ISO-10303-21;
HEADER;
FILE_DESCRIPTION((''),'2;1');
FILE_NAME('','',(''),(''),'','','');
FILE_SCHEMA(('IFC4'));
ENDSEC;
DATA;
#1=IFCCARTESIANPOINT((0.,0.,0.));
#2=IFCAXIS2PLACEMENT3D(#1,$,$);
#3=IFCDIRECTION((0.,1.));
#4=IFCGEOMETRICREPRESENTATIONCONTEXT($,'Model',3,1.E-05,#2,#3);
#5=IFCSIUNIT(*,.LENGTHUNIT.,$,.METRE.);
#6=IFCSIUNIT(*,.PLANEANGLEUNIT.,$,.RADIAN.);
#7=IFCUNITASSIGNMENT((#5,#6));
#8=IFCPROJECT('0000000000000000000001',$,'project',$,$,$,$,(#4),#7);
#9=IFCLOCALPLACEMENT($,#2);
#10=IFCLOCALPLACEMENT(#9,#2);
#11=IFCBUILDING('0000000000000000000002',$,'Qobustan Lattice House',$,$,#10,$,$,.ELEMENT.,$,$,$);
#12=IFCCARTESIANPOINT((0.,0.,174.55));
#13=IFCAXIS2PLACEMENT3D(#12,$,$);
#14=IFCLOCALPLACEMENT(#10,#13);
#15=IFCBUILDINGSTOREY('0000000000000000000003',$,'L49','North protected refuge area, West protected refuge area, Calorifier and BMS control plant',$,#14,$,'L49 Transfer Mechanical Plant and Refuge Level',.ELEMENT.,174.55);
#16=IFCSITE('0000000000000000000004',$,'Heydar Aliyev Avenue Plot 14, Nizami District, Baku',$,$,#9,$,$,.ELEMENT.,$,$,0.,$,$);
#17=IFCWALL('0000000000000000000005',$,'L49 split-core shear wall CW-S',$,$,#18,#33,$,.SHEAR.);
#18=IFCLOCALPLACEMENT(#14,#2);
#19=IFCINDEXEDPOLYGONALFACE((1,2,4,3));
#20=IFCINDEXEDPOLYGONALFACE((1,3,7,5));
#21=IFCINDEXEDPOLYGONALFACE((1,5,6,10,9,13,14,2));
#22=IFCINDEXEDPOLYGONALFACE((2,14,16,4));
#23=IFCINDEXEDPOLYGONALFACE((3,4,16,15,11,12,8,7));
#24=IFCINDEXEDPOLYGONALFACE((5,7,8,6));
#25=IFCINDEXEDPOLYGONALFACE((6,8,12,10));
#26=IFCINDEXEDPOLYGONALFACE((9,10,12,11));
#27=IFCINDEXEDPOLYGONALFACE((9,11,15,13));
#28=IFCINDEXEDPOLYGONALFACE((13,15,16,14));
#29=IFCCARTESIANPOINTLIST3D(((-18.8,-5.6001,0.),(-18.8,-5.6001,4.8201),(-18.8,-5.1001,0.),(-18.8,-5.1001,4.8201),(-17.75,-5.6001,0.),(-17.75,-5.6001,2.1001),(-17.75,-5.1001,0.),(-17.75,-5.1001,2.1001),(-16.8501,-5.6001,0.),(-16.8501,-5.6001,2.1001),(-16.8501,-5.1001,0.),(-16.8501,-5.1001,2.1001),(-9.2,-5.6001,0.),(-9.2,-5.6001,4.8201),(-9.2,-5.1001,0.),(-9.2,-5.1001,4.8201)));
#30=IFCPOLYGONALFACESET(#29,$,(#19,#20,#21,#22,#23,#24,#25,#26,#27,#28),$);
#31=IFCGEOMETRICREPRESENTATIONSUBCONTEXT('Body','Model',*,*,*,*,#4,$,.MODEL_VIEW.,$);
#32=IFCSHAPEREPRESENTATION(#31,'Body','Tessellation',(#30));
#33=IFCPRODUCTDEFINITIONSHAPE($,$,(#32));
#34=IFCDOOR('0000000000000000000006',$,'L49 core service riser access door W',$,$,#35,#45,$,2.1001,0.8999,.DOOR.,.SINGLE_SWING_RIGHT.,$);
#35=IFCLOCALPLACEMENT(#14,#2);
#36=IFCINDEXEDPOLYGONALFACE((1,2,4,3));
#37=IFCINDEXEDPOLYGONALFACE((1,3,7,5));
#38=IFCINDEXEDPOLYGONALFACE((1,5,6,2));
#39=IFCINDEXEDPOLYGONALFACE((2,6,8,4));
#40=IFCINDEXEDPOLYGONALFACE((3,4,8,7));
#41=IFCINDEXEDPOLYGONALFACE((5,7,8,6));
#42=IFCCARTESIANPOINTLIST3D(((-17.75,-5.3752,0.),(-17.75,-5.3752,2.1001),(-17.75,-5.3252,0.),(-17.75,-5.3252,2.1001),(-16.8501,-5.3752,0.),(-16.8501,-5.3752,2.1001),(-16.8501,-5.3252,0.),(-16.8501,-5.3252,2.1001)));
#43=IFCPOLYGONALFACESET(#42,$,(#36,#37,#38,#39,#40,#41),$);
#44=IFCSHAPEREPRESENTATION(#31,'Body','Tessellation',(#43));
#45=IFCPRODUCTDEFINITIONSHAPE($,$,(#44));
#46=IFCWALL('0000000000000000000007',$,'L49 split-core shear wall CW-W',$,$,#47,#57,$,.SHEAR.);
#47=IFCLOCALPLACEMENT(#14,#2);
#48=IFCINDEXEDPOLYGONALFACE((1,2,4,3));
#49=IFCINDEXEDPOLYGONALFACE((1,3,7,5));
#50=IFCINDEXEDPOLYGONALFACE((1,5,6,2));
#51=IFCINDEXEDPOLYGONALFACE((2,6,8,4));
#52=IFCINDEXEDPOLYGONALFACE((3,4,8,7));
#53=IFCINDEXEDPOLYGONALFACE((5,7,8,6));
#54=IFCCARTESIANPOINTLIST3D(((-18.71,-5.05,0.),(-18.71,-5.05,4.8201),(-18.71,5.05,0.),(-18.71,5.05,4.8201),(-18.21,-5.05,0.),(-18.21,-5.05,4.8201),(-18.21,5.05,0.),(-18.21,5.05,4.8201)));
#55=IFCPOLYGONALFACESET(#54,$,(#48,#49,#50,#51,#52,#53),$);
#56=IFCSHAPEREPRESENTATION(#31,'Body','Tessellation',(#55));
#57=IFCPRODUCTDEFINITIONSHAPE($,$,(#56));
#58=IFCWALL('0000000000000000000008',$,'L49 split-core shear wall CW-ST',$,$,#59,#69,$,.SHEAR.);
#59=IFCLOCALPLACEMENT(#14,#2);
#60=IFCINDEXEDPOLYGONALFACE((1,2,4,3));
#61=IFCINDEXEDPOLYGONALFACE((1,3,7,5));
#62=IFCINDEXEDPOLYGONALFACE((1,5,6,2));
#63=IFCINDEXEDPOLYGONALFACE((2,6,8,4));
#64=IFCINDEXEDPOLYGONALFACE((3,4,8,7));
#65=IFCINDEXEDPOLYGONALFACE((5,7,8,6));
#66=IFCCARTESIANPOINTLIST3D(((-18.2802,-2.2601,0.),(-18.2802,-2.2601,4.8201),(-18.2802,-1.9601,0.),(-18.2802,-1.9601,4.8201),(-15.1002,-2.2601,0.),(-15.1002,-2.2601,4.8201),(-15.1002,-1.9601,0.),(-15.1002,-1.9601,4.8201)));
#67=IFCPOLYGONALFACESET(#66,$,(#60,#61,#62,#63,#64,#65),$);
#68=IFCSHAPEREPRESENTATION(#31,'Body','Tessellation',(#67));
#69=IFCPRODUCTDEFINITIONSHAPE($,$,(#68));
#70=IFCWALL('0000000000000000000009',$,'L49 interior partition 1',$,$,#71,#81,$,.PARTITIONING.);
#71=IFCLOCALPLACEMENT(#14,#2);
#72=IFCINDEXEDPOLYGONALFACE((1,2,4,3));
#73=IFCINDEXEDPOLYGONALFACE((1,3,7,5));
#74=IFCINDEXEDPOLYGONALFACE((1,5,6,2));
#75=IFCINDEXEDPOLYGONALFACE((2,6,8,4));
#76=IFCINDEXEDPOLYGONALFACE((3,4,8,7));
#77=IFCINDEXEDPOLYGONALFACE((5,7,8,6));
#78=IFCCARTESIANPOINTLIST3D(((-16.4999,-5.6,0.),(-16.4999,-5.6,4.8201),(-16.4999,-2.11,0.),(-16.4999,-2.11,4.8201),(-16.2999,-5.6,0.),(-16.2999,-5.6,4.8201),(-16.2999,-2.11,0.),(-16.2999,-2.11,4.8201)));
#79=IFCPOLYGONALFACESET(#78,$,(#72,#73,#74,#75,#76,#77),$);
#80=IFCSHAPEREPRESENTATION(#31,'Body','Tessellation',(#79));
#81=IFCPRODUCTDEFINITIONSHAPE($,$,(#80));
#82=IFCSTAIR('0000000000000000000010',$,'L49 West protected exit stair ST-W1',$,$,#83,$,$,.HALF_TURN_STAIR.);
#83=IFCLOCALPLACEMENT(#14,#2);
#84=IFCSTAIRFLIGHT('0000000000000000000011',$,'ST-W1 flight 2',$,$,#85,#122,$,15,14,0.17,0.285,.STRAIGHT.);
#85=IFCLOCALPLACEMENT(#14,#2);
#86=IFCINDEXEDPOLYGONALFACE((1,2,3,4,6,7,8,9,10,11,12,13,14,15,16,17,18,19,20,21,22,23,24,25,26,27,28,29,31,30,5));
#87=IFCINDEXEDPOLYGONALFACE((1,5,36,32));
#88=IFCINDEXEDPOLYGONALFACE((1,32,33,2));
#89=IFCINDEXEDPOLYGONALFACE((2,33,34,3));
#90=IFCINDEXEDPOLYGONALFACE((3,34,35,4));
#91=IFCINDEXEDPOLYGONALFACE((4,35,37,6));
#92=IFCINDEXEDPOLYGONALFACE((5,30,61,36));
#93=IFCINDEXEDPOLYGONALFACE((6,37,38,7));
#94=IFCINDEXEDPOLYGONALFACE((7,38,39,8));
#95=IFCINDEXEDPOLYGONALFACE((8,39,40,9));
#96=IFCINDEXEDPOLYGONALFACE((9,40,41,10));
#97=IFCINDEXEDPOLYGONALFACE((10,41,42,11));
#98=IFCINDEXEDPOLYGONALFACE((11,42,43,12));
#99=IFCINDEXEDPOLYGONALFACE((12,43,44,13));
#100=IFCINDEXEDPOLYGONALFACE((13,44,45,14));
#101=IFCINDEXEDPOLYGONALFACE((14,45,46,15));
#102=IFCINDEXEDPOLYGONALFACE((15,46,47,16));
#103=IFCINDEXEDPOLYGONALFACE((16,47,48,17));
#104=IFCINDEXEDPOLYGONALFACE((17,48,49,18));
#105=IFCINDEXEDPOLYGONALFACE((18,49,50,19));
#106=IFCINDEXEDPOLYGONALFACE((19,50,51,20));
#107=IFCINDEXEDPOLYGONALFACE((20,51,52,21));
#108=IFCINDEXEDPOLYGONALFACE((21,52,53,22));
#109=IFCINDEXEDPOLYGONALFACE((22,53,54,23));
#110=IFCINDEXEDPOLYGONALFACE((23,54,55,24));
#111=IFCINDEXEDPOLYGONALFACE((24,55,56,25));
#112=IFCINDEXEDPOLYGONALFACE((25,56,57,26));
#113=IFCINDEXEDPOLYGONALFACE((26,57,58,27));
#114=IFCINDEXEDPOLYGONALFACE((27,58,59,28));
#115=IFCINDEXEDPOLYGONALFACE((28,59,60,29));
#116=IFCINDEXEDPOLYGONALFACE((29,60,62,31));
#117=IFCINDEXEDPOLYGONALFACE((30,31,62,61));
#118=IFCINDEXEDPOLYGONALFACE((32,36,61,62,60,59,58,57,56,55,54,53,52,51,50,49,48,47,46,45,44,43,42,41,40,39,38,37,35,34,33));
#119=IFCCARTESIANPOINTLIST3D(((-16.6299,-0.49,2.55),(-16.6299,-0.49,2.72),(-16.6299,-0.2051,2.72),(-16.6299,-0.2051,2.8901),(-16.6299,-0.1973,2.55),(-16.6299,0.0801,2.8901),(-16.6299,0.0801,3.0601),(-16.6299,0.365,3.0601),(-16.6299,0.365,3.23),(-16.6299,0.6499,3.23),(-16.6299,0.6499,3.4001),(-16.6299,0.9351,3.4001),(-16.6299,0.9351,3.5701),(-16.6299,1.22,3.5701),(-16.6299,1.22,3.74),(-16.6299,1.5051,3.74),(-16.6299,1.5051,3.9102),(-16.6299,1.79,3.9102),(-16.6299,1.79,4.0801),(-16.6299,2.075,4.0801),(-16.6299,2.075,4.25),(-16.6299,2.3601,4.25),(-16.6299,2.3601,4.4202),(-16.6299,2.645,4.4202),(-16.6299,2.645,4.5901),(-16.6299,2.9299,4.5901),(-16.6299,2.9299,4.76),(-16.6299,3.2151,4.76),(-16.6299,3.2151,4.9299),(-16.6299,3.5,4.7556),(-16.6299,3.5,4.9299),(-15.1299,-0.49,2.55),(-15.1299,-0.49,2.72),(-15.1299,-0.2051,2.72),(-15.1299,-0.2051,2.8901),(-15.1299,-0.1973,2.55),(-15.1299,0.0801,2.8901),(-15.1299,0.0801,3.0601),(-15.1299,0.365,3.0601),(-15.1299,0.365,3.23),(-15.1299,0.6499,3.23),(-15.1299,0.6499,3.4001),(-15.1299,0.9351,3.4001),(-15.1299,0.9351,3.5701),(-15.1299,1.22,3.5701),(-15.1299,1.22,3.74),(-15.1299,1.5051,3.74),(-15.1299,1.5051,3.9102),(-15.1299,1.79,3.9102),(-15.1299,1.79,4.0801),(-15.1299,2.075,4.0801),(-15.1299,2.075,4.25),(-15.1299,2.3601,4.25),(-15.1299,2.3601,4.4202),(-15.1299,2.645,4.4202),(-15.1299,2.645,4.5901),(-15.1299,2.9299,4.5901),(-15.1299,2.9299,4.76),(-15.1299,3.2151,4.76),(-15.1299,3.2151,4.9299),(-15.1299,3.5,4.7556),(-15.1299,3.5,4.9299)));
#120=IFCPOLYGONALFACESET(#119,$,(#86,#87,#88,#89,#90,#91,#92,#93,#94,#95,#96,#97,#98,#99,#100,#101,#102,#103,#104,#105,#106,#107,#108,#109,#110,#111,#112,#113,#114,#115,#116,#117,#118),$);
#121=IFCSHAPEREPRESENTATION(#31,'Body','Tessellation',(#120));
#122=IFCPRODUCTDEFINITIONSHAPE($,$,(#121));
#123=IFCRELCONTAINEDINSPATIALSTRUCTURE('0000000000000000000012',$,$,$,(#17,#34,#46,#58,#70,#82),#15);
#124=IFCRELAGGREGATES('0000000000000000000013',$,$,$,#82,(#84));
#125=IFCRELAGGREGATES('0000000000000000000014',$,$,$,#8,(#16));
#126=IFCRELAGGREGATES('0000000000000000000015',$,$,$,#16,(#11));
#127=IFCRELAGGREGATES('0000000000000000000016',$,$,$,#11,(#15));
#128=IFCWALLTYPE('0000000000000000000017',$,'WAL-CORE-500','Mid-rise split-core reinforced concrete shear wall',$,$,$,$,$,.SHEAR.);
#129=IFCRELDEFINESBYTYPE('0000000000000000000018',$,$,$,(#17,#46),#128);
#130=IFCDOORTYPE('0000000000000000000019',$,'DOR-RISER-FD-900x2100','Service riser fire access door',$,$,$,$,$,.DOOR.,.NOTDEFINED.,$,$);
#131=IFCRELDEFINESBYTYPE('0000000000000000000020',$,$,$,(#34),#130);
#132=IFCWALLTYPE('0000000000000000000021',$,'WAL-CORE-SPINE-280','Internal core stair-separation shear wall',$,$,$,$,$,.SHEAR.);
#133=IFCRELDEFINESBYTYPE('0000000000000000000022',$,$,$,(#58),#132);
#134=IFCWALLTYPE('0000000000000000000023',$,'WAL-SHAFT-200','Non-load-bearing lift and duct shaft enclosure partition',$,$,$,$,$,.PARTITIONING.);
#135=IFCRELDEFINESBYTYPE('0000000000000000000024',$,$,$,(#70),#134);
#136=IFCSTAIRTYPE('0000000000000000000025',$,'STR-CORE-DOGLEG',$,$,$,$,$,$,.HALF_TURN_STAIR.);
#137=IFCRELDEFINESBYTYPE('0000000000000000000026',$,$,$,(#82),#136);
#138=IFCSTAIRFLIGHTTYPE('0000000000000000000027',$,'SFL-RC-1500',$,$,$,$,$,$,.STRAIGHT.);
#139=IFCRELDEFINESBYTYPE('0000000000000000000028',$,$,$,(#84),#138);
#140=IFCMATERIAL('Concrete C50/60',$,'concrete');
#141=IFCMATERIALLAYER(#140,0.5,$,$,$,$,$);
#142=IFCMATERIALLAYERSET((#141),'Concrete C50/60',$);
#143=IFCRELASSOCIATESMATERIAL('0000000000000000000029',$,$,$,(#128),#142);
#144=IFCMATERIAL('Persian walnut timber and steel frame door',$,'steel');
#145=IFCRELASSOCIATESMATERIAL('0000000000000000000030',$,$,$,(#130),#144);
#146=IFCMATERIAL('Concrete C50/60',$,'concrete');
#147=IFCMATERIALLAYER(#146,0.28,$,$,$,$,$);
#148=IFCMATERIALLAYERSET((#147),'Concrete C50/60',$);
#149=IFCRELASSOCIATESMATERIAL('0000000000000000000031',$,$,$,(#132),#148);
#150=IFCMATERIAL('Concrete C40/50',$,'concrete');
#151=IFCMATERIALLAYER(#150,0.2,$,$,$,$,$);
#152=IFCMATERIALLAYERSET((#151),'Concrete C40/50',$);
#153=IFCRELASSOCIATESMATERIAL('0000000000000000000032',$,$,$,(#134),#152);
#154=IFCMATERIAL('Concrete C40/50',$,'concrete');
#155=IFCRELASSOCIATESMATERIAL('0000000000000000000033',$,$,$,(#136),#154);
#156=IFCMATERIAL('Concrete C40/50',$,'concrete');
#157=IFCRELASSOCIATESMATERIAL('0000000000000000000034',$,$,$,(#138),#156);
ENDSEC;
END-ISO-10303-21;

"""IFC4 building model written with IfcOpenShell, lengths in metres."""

from ifc_helpers import new_model, si_unit, direction, frame, frame_2d, origin, place, context, subcontext, project, spatial, polyline, rectangle, outline, extrude, material, layer, layer_set, type_object, element, fill, aggregate, save


model = new_model("IFC4")

# Units and contexts
model_context = context("Model", 3, precision=1e-05, world=origin(), true_north=direction((0.0, 1.0)))
body_context = subcontext(model_context, "Body", "Model", "MODEL_VIEW")
ifc_project = project(units=[si_unit("LENGTHUNIT", "METRE"), si_unit("PLANEANGLEUNIT", "RADIAN")], contexts=[model_context])

# Site, building, storey
site_placement = place(None, origin())
site = spatial("IfcSite", under=ifc_project, at=site_placement, Name="Heydar Aliyev Avenue Plot 14, Nizami District, Baku", CompositionType="ELEMENT", RefElevation=0.0)
building_placement = place(site_placement, origin())
building = spatial("IfcBuilding", under=site, at=building_placement, Name="Qobustan Lattice House", CompositionType="ELEMENT")
storey_placement = place(building_placement, frame((0.0, 0.0, 174.55)))
storey = spatial("IfcBuildingStorey", under=building, at=storey_placement, Name="L49", Description="North protected refuge area, West protected refuge area, Calorifier and BMS control plant", LongName="L49 Transfer Mechanical Plant and Refuge Level", CompositionType="ELEMENT", Elevation=174.55)

# Wall, opening, door
ifc_material_1 = material(Name="Concrete C50/60", Category="concrete")
ifc_layer_1 = layer(ifc_material_1, 0.5)
ifc_layer_set_1 = layer_set([ifc_layer_1], Name="Concrete C50/60")
wall_type_1 = type_object("IfcWallType", Name="WAL-CORE-500", Description="Mid-rise split-core reinforced concrete shear wall", PredefinedType="SHEAR", material=ifc_layer_set_1)
wall_1_placement = place(storey_placement, frame((-18.8, -5.3501, 0.0), z_axis=(0.0, 0.0, 1.0), x_axis=(1.0, 0.0, 0.0)))
wall_1 = element("IfcWall", 1, at=wall_1_placement, inside=storey, type_object=wall_type_1, Name="L49 split-core shear wall CW-S", PredefinedType="SHEAR", context=body_context, shape_type="SweptSolid", body=[
    extrude(rectangle(XDim=9.6001, YDim=0.5, at=frame_2d((4.8, 0.0))), origin(), (0.0, 0.0, 1.0), 4.8201),
])
opening_placement = place(wall_1_placement, frame((1.05, 0.0, 0.0)))
opening = element("IfcOpeningElement", 2, at=opening_placement, cuts=wall_1, PredefinedType="OPENING", context=body_context, shape_type="SweptSolid", body=[
    extrude(rectangle(XDim=0.8999, YDim=2.1001, at=frame_2d((0.45, 1.05))), frame((0.0, 0.26, 0.0), z_axis=(0.0, -1.0, 0.0), x_axis=(1.0, 0.0, 0.0)), (0.0, 0.0, 1.0), 0.52),
])
ifc_material_2 = material(Name="Persian walnut timber and steel frame door", Category="steel")
door_type = type_object("IfcDoorType", Name="DOR-RISER-FD-900x2100", Description="Service riser fire access door", OperationType="NOTDEFINED", PredefinedType="DOOR", material=ifc_material_2)
door_placement = place(opening_placement, origin())
door = element("IfcDoor", 3, at=door_placement, inside=storey, type_object=door_type, Name="L49 core service riser access door W", OperationType="SINGLE_SWING_RIGHT", OverallHeight=2.1001, OverallWidth=0.8999, PredefinedType="DOOR", context=body_context, shape_type="SweptSolid", body=[
    extrude(rectangle(XDim=0.8999, YDim=2.1001, at=frame_2d((0.45, 1.05))), frame((0.0, 0.0249, 0.0), z_axis=(0.0, -1.0, 0.0), x_axis=(1.0, 0.0, 0.0)), (0.0, 0.0, 1.0), 0.05),
])
fill(opening, door)

# Walls
wall_2_placement = place(storey_placement, frame((-18.46, -5.05, 0.0), z_axis=(0.0, 0.0, 1.0), x_axis=(0.0, 1.0, 0.0)))
element("IfcWall", 4, at=wall_2_placement, inside=storey, type_object=wall_type_1, Name="L49 split-core shear wall CW-W", PredefinedType="SHEAR", context=body_context, shape_type="SweptSolid", body=[
    extrude(rectangle(XDim=10.1001, YDim=0.5, at=frame_2d((5.05, 0.0))), origin(), (0.0, 0.0, 1.0), 4.8201),
])
ifc_material_3 = material(Name="Concrete C50/60", Category="concrete")
ifc_layer_2 = layer(ifc_material_3, 0.28)
ifc_layer_set_2 = layer_set([ifc_layer_2], Name="Concrete C50/60")
wall_type_2 = type_object("IfcWallType", Name="WAL-CORE-SPINE-280", Description="Internal core stair-separation shear wall", PredefinedType="SHEAR", material=ifc_layer_set_2)
wall_3_placement = place(storey_placement, frame((-18.28, -2.1101, 0.0), z_axis=(0.0, 0.0, 1.0), x_axis=(1.0, 0.0, 0.0)))
element("IfcWall", 5, at=wall_3_placement, inside=storey, type_object=wall_type_2, Name="L49 split-core shear wall CW-ST", PredefinedType="SHEAR", context=body_context, shape_type="SweptSolid", body=[
    extrude(rectangle(XDim=3.1799, YDim=0.3, at=frame_2d((1.5898, 0.0))), origin(), (0.0, 0.0, 1.0), 4.8201),
])
ifc_material_4 = material(Name="Concrete C40/50", Category="concrete")
ifc_layer_3 = layer(ifc_material_4, 0.2)
ifc_layer_set_3 = layer_set([ifc_layer_3], Name="Concrete C40/50")
wall_type_3 = type_object("IfcWallType", Name="WAL-SHAFT-200", Description="Non-load-bearing lift and duct shaft enclosure partition", PredefinedType="PARTITIONING", material=ifc_layer_set_3)
wall_4_placement = place(storey_placement, frame((-16.3999, -5.6001, 0.0), z_axis=(0.0, 0.0, 1.0), x_axis=(0.0, 1.0, 0.0)))
element("IfcWall", 6, at=wall_4_placement, inside=storey, type_object=wall_type_3, Name="L49 interior partition 1", PredefinedType="PARTITIONING", context=body_context, shape_type="SweptSolid", body=[
    extrude(rectangle(XDim=3.49, YDim=0.2, at=frame_2d((1.7451, 0.0))), origin(), (0.0, 0.0, 1.0), 4.8201),
])

# Stair, stair flight
ifc_material_5 = material(Name="Concrete C40/50", Category="concrete")
stair_type = type_object("IfcStairType", Name="STR-CORE-DOGLEG", PredefinedType="HALF_TURN_STAIR", material=ifc_material_5)
stair_placement = place(storey_placement, origin())
stair = element("IfcStair", 7, at=stair_placement, inside=storey, type_object=stair_type, Name="L49 West protected exit stair ST-W1", PredefinedType="HALF_TURN_STAIR")
ifc_material_6 = material(Name="Concrete C40/50", Category="concrete")
stair_flight_type = type_object("IfcStairFlightType", Name="SFL-RC-1500", PredefinedType="STRAIGHT", material=ifc_material_6)
stair_flight_placement = place(storey_placement, frame((-15.8799, -0.49, 2.55), z_axis=(0.0, 0.0, 1.0), x_axis=(0.0, 1.0, 0.0)))
stair_flight = element("IfcStairFlight", 8, at=stair_flight_placement, type_object=stair_flight_type, Name="ST-W1 flight 2", NumberOfRisers=15, NumberOfTreads=14, PredefinedType="STRAIGHT", RiserHeight=0.17, TreadLength=0.285, context=body_context, shape_type="SweptSolid", body=[
    extrude(outline(polyline([(0.0, 0.0), (0.0, 0.1699), (0.2849, 0.1699), (0.2849, 0.3401), (0.5701, 0.3401), (0.5701, 0.51), (0.855, 0.51), (0.855, 0.6799), (1.1399, 0.6799), (1.1399, 0.8501), (1.425, 0.8501), (1.425, 1.02), (1.71, 1.02), (1.71, 1.1899), (1.9951, 1.1899), (1.9951, 1.3601), (2.28, 1.3601), (2.28, 1.53), (2.5649, 1.53), (2.5649, 1.7), (2.8501, 1.7), (2.8501, 1.8701), (3.135, 1.8701), (3.135, 2.04), (3.4199, 2.04), (3.4199, 2.21), (3.7051, 2.21), (3.7051, 2.3799), (3.99, 2.3799), (3.99, 2.55), (3.99, 2.2056), (0.2927, 0.0), (0.0, 0.0)])), frame((0.0, 0.75, 0.0), z_axis=(0.0, -1.0, 0.0), x_axis=(1.0, 0.0, 0.0)), (0.0, 0.0, 1.0), 1.5),
])
aggregate(stair, [stair_flight])

save(model, "model.ifc")
